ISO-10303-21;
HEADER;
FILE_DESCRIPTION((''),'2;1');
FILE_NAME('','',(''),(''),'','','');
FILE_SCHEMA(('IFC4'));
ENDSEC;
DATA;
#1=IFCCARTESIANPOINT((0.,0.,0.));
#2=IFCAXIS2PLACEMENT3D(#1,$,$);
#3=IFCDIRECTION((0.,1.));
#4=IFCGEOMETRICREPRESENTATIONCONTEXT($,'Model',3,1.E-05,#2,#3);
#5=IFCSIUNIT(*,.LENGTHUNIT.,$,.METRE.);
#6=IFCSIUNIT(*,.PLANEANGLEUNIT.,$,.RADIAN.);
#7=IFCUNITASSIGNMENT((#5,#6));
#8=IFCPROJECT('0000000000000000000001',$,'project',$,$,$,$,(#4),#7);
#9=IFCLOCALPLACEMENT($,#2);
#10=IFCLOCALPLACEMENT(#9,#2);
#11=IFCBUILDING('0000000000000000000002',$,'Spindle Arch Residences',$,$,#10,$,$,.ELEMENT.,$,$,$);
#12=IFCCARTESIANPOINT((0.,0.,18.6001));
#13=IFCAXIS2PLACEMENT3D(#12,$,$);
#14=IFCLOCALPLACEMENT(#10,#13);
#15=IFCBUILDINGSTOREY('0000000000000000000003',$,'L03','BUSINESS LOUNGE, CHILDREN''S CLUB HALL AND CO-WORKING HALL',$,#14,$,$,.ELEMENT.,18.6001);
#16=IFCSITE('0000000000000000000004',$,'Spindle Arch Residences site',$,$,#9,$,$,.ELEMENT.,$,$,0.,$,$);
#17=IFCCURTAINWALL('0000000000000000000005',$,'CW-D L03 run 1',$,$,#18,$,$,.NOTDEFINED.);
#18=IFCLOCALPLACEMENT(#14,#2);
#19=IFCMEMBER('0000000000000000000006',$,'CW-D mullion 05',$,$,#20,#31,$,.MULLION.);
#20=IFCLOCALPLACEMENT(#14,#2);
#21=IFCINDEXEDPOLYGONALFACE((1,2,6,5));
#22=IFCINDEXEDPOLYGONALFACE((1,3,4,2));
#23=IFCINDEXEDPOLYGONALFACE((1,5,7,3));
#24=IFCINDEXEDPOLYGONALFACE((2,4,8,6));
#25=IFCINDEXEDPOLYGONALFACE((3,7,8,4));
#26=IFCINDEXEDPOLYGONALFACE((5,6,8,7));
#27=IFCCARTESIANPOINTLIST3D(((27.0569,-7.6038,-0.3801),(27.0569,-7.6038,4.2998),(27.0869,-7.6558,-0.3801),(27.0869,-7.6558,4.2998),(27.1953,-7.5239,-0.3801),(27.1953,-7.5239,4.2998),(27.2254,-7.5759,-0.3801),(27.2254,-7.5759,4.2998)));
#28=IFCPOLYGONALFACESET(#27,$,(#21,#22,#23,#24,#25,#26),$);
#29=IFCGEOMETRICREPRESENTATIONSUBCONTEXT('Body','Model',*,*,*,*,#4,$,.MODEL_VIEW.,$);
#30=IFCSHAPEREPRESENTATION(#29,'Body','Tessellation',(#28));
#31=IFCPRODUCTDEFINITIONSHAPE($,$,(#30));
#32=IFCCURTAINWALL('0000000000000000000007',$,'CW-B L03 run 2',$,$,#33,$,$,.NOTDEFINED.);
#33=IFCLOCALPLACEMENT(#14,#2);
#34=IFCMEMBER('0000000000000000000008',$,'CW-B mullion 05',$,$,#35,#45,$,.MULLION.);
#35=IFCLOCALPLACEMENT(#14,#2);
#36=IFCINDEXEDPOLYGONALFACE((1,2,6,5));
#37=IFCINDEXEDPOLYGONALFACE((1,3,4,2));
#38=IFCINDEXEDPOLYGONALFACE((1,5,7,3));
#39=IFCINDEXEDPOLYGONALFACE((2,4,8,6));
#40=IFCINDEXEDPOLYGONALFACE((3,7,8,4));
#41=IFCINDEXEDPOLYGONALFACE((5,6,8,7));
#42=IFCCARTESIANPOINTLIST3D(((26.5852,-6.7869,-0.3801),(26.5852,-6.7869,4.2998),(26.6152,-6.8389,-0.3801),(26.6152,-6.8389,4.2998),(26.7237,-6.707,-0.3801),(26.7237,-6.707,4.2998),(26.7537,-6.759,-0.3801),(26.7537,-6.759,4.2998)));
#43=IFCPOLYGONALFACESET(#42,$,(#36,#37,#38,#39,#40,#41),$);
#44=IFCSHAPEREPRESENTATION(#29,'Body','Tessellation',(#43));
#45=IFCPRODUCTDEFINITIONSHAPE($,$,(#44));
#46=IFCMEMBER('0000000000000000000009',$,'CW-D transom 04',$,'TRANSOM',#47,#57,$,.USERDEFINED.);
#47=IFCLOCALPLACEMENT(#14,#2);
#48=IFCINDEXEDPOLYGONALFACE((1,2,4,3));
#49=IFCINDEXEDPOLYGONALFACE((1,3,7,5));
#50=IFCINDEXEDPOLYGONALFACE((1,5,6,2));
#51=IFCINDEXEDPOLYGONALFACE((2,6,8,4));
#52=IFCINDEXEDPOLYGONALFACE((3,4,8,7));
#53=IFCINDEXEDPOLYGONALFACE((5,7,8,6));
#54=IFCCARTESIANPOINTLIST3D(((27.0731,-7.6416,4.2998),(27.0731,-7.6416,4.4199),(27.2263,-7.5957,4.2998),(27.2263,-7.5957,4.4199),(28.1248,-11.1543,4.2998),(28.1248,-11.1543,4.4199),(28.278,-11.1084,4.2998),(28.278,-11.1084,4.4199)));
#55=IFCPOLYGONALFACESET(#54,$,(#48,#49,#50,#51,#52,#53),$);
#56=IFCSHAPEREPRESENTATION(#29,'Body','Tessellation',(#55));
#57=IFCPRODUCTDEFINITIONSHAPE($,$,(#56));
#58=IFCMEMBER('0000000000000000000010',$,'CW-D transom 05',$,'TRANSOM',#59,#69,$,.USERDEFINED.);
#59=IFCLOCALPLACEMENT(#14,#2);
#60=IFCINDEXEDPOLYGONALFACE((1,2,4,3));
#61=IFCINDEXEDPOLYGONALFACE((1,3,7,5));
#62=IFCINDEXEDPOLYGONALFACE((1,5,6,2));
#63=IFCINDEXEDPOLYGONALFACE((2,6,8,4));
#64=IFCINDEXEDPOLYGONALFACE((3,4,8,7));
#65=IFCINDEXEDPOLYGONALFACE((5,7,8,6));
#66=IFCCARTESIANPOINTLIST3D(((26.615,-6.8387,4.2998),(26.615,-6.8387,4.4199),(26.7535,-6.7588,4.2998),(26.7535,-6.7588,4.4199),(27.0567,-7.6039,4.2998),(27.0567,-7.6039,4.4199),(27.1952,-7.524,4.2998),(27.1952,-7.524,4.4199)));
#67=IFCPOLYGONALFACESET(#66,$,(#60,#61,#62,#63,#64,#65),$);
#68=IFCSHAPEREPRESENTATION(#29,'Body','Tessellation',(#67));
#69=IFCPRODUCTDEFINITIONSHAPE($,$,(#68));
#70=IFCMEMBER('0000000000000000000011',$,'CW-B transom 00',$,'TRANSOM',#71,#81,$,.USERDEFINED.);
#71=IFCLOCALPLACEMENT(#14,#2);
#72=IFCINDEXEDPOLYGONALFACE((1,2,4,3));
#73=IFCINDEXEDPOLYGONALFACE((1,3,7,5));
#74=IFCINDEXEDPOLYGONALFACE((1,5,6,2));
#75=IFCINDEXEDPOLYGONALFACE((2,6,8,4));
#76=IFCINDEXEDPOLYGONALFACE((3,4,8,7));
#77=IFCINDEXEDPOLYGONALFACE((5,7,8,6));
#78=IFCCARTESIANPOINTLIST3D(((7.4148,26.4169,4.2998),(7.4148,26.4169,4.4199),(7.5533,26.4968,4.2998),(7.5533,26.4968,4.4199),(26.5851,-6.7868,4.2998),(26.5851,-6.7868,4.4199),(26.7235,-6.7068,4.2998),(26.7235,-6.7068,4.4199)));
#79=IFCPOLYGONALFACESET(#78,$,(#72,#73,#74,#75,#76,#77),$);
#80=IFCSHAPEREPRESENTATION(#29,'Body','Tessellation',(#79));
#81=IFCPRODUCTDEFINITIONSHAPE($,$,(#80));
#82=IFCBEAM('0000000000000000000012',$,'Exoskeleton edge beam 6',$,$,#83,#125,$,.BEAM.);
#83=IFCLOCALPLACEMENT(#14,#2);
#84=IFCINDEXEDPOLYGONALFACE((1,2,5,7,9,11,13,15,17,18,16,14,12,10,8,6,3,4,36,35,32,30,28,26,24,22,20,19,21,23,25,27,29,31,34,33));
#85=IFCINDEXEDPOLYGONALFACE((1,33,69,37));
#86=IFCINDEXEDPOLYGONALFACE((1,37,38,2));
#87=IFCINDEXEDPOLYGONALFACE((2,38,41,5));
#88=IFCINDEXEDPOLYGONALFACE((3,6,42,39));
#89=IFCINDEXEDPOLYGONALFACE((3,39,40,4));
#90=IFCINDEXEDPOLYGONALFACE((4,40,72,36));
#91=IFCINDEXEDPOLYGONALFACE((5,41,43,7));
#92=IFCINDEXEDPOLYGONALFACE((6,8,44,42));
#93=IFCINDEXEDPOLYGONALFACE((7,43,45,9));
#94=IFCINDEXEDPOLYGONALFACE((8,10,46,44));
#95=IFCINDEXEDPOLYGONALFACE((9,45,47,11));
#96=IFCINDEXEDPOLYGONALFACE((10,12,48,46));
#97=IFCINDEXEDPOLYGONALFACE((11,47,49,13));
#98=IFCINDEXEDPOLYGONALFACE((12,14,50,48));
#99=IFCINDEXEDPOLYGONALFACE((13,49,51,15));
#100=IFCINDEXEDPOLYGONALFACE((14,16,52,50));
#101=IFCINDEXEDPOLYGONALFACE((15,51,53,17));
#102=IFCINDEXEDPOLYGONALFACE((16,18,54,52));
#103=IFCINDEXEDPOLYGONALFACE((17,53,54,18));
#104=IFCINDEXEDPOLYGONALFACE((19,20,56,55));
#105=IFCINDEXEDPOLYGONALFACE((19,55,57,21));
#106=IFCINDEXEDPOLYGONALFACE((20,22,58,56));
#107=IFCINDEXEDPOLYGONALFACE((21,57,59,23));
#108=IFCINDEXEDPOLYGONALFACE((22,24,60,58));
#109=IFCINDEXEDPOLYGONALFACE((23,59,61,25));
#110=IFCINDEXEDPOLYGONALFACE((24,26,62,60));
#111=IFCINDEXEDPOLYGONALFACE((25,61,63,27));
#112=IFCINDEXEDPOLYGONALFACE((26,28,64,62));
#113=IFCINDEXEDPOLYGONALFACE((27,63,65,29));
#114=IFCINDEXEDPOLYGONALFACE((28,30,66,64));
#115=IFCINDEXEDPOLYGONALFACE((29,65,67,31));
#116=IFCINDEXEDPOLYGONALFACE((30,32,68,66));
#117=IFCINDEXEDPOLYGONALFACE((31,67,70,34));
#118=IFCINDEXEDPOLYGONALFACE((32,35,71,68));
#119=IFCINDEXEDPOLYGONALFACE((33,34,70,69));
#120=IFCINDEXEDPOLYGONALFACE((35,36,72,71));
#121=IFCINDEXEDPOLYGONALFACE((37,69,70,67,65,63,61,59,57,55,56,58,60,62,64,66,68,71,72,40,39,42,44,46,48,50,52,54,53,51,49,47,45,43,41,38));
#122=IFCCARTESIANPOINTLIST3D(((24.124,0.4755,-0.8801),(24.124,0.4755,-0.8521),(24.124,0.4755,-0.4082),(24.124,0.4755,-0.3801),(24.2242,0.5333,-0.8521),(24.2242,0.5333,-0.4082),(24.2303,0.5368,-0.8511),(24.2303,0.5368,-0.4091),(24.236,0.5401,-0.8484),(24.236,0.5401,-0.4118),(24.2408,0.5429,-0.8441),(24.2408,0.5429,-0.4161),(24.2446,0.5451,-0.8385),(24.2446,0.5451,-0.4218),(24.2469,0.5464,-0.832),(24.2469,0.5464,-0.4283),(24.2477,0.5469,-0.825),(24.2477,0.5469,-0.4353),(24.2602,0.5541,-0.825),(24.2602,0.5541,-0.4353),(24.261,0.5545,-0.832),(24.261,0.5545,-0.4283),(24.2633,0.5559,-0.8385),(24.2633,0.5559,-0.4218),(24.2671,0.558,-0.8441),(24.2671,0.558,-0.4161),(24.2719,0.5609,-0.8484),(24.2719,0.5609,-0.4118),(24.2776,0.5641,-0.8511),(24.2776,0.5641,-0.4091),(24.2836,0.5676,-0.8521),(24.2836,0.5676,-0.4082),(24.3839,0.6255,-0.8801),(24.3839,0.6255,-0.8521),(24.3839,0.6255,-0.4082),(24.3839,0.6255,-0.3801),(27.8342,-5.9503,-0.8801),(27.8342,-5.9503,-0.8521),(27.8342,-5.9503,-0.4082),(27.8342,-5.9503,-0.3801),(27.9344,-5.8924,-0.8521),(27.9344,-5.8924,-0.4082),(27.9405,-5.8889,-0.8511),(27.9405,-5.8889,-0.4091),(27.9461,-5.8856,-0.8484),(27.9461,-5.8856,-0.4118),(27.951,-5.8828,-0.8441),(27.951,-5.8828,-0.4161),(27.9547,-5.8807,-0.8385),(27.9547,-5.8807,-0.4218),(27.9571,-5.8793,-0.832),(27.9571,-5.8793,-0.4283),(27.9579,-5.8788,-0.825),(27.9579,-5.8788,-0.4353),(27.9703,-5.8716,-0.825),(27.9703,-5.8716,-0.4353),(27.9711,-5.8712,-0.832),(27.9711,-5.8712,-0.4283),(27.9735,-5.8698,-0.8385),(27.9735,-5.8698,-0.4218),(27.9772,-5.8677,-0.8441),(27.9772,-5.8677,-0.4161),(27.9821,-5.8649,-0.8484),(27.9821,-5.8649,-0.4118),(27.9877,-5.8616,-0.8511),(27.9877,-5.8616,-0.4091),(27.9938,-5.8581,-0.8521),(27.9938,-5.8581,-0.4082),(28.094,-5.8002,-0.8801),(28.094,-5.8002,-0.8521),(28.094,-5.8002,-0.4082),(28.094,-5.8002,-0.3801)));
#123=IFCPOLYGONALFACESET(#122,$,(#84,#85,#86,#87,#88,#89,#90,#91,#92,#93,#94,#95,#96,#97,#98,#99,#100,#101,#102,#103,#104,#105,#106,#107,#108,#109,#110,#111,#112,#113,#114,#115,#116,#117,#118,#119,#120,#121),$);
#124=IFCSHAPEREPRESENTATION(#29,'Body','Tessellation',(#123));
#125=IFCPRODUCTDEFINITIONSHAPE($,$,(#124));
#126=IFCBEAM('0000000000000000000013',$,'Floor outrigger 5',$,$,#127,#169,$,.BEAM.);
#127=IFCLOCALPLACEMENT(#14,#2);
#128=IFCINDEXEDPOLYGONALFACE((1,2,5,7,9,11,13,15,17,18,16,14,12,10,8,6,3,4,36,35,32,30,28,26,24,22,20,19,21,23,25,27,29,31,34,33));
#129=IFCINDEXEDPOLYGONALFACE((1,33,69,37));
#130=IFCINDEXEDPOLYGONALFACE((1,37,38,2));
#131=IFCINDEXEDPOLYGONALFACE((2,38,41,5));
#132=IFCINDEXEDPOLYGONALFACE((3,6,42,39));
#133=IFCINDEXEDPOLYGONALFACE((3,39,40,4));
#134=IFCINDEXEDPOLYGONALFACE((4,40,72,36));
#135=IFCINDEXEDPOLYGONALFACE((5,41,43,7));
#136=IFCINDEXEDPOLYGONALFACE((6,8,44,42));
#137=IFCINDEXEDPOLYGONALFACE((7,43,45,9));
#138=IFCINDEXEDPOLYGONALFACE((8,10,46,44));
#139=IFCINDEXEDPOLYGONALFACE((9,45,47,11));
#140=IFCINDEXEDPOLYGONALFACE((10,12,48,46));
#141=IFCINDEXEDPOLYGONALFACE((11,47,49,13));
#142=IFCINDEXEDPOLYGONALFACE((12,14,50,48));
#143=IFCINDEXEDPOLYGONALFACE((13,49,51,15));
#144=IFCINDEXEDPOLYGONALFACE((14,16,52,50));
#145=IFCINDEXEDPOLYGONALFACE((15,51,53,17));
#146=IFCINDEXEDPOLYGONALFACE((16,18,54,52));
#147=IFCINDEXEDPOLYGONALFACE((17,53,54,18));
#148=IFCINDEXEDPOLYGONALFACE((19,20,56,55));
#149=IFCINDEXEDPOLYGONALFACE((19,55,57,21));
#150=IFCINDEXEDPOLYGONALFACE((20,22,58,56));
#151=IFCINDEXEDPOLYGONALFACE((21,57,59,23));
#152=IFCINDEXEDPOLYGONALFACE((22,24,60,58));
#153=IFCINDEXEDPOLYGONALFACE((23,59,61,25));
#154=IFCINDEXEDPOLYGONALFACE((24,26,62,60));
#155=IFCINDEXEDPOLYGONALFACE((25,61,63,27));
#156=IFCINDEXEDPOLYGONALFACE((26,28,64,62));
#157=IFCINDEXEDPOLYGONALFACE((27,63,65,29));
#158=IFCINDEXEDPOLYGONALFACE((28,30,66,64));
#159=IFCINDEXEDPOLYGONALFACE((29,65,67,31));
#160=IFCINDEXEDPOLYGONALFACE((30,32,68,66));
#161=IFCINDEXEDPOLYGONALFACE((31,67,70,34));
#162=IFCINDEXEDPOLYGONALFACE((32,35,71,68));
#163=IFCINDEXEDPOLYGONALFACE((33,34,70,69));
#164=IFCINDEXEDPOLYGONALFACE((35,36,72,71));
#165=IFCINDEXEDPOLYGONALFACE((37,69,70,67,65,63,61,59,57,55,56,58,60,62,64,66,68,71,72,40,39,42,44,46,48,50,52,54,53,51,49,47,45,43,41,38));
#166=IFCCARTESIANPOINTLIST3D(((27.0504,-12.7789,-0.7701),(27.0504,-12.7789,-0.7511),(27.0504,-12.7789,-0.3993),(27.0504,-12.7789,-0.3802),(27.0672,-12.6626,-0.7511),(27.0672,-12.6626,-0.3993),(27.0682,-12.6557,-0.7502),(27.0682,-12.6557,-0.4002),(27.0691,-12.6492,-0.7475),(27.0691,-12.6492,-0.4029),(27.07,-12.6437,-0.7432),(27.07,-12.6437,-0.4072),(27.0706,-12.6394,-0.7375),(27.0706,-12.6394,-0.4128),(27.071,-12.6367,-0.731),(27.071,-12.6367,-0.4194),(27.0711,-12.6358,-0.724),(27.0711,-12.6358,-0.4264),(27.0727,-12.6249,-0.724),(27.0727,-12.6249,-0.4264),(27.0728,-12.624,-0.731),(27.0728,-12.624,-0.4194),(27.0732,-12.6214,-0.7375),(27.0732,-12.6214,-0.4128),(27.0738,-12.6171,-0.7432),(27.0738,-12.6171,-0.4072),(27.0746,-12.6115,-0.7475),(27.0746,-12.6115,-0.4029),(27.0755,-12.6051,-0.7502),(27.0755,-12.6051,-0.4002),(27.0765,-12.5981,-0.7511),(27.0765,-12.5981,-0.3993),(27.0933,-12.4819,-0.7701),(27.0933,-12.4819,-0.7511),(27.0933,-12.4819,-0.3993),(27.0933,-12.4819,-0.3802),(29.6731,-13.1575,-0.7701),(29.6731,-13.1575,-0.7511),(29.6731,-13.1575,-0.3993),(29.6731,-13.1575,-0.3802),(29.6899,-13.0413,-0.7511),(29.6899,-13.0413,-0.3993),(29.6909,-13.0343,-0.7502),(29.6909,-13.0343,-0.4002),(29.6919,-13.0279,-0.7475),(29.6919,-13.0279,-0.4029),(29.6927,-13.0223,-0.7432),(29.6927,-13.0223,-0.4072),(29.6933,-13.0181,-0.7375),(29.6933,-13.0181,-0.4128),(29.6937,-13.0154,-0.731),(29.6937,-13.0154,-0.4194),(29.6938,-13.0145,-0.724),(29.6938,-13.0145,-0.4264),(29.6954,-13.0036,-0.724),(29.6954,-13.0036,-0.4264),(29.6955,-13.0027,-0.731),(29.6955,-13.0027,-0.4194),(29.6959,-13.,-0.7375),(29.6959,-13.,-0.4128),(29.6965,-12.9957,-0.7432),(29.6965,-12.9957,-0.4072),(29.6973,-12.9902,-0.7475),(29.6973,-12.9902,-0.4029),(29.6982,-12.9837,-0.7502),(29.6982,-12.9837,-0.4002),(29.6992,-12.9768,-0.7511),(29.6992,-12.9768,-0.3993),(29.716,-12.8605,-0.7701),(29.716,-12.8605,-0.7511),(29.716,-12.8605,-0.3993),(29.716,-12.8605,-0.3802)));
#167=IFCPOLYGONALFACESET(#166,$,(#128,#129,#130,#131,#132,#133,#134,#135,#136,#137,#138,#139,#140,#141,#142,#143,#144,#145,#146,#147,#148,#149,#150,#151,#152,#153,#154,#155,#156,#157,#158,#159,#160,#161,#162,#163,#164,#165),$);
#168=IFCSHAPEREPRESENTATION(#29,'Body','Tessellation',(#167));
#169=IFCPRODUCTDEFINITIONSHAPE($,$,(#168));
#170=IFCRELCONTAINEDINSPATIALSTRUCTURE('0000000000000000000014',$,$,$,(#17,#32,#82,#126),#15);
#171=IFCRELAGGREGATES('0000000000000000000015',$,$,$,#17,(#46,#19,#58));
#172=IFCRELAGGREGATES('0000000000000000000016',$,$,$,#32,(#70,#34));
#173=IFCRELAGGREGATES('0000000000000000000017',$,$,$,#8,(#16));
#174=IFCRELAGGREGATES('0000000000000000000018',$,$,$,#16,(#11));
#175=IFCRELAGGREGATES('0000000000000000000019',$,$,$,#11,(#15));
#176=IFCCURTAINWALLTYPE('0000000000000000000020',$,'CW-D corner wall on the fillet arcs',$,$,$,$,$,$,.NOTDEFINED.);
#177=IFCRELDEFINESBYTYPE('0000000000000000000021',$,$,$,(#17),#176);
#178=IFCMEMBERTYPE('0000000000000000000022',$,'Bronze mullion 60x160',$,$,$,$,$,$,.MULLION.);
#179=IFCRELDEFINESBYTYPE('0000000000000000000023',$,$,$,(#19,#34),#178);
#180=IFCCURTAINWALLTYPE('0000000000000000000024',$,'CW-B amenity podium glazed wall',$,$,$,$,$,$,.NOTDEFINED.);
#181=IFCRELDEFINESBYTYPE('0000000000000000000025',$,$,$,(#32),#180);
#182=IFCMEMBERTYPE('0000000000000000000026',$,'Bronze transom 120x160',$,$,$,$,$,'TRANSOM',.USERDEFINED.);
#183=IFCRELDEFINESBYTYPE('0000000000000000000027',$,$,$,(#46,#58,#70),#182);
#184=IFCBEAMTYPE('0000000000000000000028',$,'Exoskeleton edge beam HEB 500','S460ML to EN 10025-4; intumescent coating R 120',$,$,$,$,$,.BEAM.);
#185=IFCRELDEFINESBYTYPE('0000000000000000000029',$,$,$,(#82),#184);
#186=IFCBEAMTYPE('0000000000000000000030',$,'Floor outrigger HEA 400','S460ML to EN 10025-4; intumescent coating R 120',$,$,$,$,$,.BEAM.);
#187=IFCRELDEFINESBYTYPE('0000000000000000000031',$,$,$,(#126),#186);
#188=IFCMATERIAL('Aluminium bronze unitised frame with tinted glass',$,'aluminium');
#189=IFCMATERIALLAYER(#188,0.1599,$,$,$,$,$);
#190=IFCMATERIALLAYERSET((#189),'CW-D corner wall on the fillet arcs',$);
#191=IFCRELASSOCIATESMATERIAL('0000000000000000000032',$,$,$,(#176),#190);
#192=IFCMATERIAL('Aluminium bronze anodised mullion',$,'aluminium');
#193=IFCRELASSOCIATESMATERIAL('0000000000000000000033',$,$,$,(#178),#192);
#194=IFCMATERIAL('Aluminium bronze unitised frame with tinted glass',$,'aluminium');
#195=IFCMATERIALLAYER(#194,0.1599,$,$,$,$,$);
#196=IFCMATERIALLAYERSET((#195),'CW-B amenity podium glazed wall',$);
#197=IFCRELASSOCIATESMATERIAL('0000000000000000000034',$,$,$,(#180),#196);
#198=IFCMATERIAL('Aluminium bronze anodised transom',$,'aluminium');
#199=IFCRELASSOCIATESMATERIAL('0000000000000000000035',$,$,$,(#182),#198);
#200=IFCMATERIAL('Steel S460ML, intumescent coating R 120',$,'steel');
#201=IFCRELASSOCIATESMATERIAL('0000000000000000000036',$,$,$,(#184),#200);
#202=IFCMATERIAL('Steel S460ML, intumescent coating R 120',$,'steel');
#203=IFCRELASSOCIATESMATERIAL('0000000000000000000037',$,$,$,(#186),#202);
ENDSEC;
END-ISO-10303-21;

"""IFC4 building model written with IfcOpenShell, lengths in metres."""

from ifc_helpers import new_model, si_unit, direction, frame, origin, origin_2d, place, context, subcontext, project, spatial, rectangle, i_section, extrude, material, layer, layer_set, material_profile, profile_set, type_object, element, aggregate, save


model = new_model("IFC4")

# Units and contexts
model_context = context("Model", 3, precision=1e-05, world=origin(), true_north=direction((0.0, 1.0)))
body_context = subcontext(model_context, "Body", "Model", "MODEL_VIEW")
ifc_project = project(units=[si_unit("LENGTHUNIT", "METRE"), si_unit("PLANEANGLEUNIT", "RADIAN")], contexts=[model_context])

# Site, building, storey
site_placement = place(None, origin())
site = spatial("IfcSite", under=ifc_project, at=site_placement, Name="Spindle Arch Residences site", CompositionType="ELEMENT", RefElevation=0.0)
building_placement = place(site_placement, origin())
building = spatial("IfcBuilding", under=site, at=building_placement, Name="Spindle Arch Residences", CompositionType="ELEMENT")
storey_placement = place(building_placement, frame((0.0, 0.0, 18.6001)))
storey = spatial("IfcBuildingStorey", under=building, at=storey_placement, Name="L03", Description="BUSINESS LOUNGE, CHILDREN'S CLUB HALL AND CO-WORKING HALL", CompositionType="ELEMENT", Elevation=18.6001)

# Curtain wall, member
ifc_material_1 = material(Name="Aluminium bronze unitised frame with tinted glass", Category="aluminium")
ifc_layer_1 = layer(ifc_material_1, 0.1599)
ifc_layer_set_1 = layer_set([ifc_layer_1], Name="CW-D corner wall on the fillet arcs")
curtain_wall_type_1 = type_object("IfcCurtainWallType", Name="CW-D corner wall on the fillet arcs", PredefinedType="NOTDEFINED", material=ifc_layer_set_1)
curtain_wall_1_placement = place(storey_placement, origin())
curtain_wall_1 = element("IfcCurtainWall", 1, at=curtain_wall_1_placement, inside=storey, type_object=curtain_wall_type_1, Name="CW-D L03 run 1", PredefinedType="NOTDEFINED")
ifc_material_2 = material(Name="Aluminium bronze anodised mullion", Category="aluminium")
ifc_material_profile_1 = material_profile(ifc_material_2, rectangle(XDim=0.1599, YDim=0.0601, at=origin_2d()), Name="MU 60x160")
ifc_profile_set_1 = profile_set([ifc_material_profile_1], Name="Aluminium bronze anodised mullion")
member_type_1 = type_object("IfcMemberType", Name="Bronze mullion 60x160", PredefinedType="MULLION", material=ifc_profile_set_1)
member_1_placement = place(storey_placement, frame((27.1411, -7.5898, -0.3801), z_axis=(0.0, 0.0, 1.0), x_axis=(-0.866025, -0.5, 0.0)))
member_1 = element("IfcMember", 2, at=member_1_placement, type_object=member_type_1, Name="CW-D mullion 05", PredefinedType="MULLION", context=body_context, shape_type="SweptSolid", body=[
    extrude(rectangle(XDim=0.1599, YDim=0.0601, at=origin_2d()), origin(), (0.0, 0.0, 1.0), 4.6799),
])

# Curtain wall, member
ifc_material_3 = material(Name="Aluminium bronze unitised frame with tinted glass", Category="aluminium")
ifc_layer_2 = layer(ifc_material_3, 0.1599)
ifc_layer_set_2 = layer_set([ifc_layer_2], Name="CW-B amenity podium glazed wall")
curtain_wall_type_2 = type_object("IfcCurtainWallType", Name="CW-B amenity podium glazed wall", PredefinedType="NOTDEFINED", material=ifc_layer_set_2)
curtain_wall_2_placement = place(storey_placement, origin())
curtain_wall_2 = element("IfcCurtainWall", 3, at=curtain_wall_2_placement, inside=storey, type_object=curtain_wall_type_2, Name="CW-B L03 run 2", PredefinedType="NOTDEFINED")
member_2_placement = place(storey_placement, frame((26.6694, -6.7729, -0.3801), z_axis=(0.0, 0.0, 1.0), x_axis=(-0.866025, -0.5, 0.0)))
member_2 = element("IfcMember", 4, at=member_2_placement, type_object=member_type_1, Name="CW-B mullion 05", PredefinedType="MULLION", context=body_context, shape_type="SweptSolid", body=[
    extrude(rectangle(XDim=0.1599, YDim=0.0601, at=origin_2d()), origin(), (0.0, 0.0, 1.0), 4.6799),
])

# Members
ifc_material_4 = material(Name="Aluminium bronze anodised transom", Category="aluminium")
ifc_material_profile_2 = material_profile(ifc_material_4, rectangle(XDim=0.1599, YDim=0.1201, at=origin_2d()), Name="TR 120x160")
ifc_profile_set_2 = profile_set([ifc_material_profile_2], Name="Aluminium bronze anodised transom")
member_type_2 = type_object("IfcMemberType", Name="Bronze transom 120x160", ElementType="TRANSOM", PredefinedType="USERDEFINED", material=ifc_profile_set_2)
member_3_placement = place(storey_placement, frame((28.2014, -11.1313, 4.3599), z_axis=(-0.286835, 0.95798, 0.0), x_axis=(-0.95798, -0.286835, 0.0)))
member_3 = element("IfcMember", 5, at=member_3_placement, type_object=member_type_2, Name="CW-D transom 04", ObjectType="TRANSOM", PredefinedType="USERDEFINED", context=body_context, shape_type="SweptSolid", body=[
    extrude(rectangle(XDim=0.1599, YDim=0.1201, at=origin_2d()), origin(), (0.0, 0.0, 1.0), 3.6667),
])
member_4_placement = place(storey_placement, frame((27.126, -7.564, 4.3599), z_axis=(-0.499914, 0.866075, 0.0), x_axis=(-0.866075, -0.499914, 0.0)))
member_4 = element("IfcMember", 6, at=member_4_placement, type_object=member_type_2, Name="CW-D transom 05", ObjectType="TRANSOM", PredefinedType="USERDEFINED", context=body_context, shape_type="SweptSolid", body=[
    extrude(rectangle(XDim=0.1599, YDim=0.1201, at=origin_2d()), origin(), (0.0, 0.0, 1.0), 0.8835),
])
member_5_placement = place(storey_placement, frame((26.6543, -6.7468, 4.3599), z_axis=(-0.500001, 0.866025, 0.0), x_axis=(-0.866025, -0.500001, 0.0)))
member_5 = element("IfcMember", 7, at=member_5_placement, type_object=member_type_2, Name="CW-B transom 00", ObjectType="TRANSOM", PredefinedType="USERDEFINED", context=body_context, shape_type="SweptSolid", body=[
    extrude(rectangle(XDim=0.1599, YDim=0.1201, at=origin_2d()), origin(), (0.0, 0.0, 1.0), 38.3403),
])

# Beams
ifc_material_5 = material(Name="Steel S460ML, intumescent coating R 120", Category="steel")
ifc_material_profile_3 = material_profile(ifc_material_5, i_section(OverallWidth=0.3, OverallDepth=0.5, WebThickness=0.0144, FlangeThickness=0.0281, FilletRadius=0.0271, at=origin_2d()), Name="HEB 500")
ifc_profile_set_3 = profile_set([ifc_material_profile_3], Name="Steel S460ML, intumescent coating R 120")
beam_type_1 = type_object("IfcBeamType", Name="Exoskeleton edge beam HEB 500", Description="S460ML to EN 10025-4; intumescent coating R 120", PredefinedType="BEAM", material=ifc_profile_set_3)
beam_1_placement = place(storey_placement, frame((27.9641, -5.8752, -0.6301), z_axis=(-0.500028, 0.866009, 0.0), x_axis=(-0.866009, -0.500028, 0.0)))
element("IfcBeam", 8, at=beam_1_placement, inside=storey, type_object=beam_type_1, Name="Exoskeleton edge beam 6", PredefinedType="BEAM", context=body_context, shape_type="SweptSolid", body=[
    extrude(i_section(OverallWidth=0.3, OverallDepth=0.5, WebThickness=0.0144, FlangeThickness=0.0281, FilletRadius=0.0271, at=origin_2d()), origin(), (0.0, 0.0, 1.0), 7.4199),
])
ifc_material_6 = material(Name="Steel S460ML, intumescent coating R 120", Category="steel")
ifc_material_profile_4 = material_profile(ifc_material_6, i_section(OverallWidth=0.3, OverallDepth=0.3899, WebThickness=0.011, FlangeThickness=0.019, FilletRadius=0.0271, at=origin_2d()), Name="HEA 400")
ifc_profile_set_4 = profile_set([ifc_material_profile_4], Name="Steel S460ML, intumescent coating R 120")
beam_type_2 = type_object("IfcBeamType", Name="Floor outrigger HEA 400", Description="S460ML to EN 10025-4; intumescent coating R 120", PredefinedType="BEAM", material=ifc_profile_set_4)
beam_2_placement = place(storey_placement, frame((29.6946, -13.009, -0.5752), z_axis=(-0.989738, 0.142892, 0.0), x_axis=(-0.142892, -0.989738, 0.0)))
element("IfcBeam", 9, at=beam_2_placement, inside=storey, type_object=beam_type_2, Name="Floor outrigger 5", PredefinedType="BEAM", context=body_context, shape_type="SweptSolid", body=[
    extrude(i_section(OverallWidth=0.3, OverallDepth=0.3899, WebThickness=0.011, FlangeThickness=0.019, FilletRadius=0.0271, at=origin_2d()), origin(), (0.0, 0.0, 1.0), 2.6499),
])

aggregate(curtain_wall_1, [member_3, member_1, member_4])
aggregate(curtain_wall_2, [member_5, member_2])

save(model, "model.ifc")
